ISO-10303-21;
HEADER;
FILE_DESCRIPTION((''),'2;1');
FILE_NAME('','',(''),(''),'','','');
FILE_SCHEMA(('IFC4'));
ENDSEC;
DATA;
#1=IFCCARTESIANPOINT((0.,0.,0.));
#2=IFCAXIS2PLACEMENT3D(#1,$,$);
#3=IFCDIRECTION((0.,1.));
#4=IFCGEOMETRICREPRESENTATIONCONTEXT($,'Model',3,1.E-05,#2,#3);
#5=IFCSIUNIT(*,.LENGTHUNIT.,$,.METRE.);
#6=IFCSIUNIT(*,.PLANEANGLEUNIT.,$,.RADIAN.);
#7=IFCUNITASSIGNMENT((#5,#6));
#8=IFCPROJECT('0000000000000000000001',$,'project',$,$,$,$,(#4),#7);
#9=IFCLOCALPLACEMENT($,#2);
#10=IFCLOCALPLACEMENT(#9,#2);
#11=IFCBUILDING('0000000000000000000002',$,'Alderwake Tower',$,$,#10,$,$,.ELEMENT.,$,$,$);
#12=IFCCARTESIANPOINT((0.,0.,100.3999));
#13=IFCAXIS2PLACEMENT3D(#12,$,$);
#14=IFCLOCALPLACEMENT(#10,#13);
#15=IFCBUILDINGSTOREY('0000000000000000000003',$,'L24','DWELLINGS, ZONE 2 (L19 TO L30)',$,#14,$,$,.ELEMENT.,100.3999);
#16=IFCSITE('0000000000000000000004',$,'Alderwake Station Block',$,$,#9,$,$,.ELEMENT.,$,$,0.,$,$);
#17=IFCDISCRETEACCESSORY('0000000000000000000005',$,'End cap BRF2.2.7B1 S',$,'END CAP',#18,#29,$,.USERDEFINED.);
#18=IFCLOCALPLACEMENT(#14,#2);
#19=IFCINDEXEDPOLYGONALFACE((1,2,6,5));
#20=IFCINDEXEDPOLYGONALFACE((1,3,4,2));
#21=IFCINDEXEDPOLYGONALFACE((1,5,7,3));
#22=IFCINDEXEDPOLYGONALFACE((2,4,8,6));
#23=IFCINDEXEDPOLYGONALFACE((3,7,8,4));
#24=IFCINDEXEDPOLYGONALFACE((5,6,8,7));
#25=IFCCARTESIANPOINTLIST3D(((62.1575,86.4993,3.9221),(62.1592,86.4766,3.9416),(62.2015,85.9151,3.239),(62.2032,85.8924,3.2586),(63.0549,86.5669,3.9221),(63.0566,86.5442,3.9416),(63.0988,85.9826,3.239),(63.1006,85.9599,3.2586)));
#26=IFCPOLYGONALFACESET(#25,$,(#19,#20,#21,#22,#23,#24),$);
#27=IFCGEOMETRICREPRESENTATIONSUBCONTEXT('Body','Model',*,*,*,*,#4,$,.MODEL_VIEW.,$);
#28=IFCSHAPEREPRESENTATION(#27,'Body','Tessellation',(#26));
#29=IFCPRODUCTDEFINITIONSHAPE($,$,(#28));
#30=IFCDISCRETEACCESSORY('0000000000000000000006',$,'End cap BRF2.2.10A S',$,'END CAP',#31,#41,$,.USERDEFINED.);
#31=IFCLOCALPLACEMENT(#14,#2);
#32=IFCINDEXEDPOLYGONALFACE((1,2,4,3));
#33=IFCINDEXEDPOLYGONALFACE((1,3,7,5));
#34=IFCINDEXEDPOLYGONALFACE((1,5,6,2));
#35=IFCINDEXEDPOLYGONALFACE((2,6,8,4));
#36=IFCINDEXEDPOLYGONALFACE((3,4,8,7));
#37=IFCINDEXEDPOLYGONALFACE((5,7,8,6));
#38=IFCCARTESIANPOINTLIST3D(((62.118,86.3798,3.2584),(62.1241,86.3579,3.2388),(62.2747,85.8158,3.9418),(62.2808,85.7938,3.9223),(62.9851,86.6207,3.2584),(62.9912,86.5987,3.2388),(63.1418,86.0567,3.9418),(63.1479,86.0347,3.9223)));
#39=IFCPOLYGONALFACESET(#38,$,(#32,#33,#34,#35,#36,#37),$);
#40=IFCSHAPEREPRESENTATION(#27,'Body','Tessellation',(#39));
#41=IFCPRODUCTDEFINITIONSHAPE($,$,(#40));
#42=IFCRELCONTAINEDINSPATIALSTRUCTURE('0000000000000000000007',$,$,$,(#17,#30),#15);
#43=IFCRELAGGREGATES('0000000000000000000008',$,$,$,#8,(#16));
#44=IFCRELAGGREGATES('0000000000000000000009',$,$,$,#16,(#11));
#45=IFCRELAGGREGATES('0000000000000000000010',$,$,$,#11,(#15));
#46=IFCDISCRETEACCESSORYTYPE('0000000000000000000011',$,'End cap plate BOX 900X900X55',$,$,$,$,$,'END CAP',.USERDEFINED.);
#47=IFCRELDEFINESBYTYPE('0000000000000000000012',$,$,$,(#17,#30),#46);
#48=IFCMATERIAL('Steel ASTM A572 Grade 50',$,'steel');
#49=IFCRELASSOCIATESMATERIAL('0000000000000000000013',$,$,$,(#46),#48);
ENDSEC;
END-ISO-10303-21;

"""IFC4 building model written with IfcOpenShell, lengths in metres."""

from ifc_helpers import new_model, si_unit, direction, frame, origin, origin_2d, place, context, subcontext, project, spatial, rectangle, extrude, material, material_profile, profile_set, type_object, element, save


model = new_model("IFC4")

# Units and contexts
model_context = context("Model", 3, precision=1e-05, world=origin(), true_north=direction((0.0, 1.0)))
body_context = subcontext(model_context, "Body", "Model", "MODEL_VIEW")
ifc_project = project(units=[si_unit("LENGTHUNIT", "METRE"), si_unit("PLANEANGLEUNIT", "RADIAN")], contexts=[model_context])

# Site, building, storey
site_placement = place(None, origin())
site = spatial("IfcSite", under=ifc_project, at=site_placement, Name="Alderwake Station Block", CompositionType="ELEMENT", RefElevation=0.0)
building_placement = place(site_placement, origin())
building = spatial("IfcBuilding", under=site, at=building_placement, Name="Alderwake Tower", CompositionType="ELEMENT")
storey_placement = place(building_placement, frame((0.0, 0.0, 100.3999)))
storey = spatial("IfcBuildingStorey", under=building, at=storey_placement, Name="L24", Description="DWELLINGS, ZONE 2 (L19 TO L30)", CompositionType="ELEMENT", Elevation=100.3999)

# Discrete accessories
ifc_material_1 = material(Name="Steel ASTM A572 Grade 50", Category="steel")
ifc_material_profile_1 = material_profile(ifc_material_1, rectangle(XDim=0.8999, YDim=0.8999, at=origin_2d()), Name="BOX 900X900X55 cap")
ifc_profile_set_1 = profile_set([ifc_material_profile_1], Name="Steel ASTM A572 Grade 50")
discrete_accessory_type = type_object("IfcDiscreteAccessoryType", Name="End cap plate BOX 900X900X55", ElementType="END CAP", PredefinedType="USERDEFINED", material=ifc_profile_set_1)
for number, where, z_axis, x_axis, name in (
    (1, (62.6299, 86.2183, 3.6001), (-0.056969, 0.756873, -0.651074), (-0.997179, -0.075057, 0.0), "End cap BRF2.2.7B1 S"),
    (2, (62.6299, 86.2183, 3.6001), (0.203279, -0.731804, -0.650493), (0.963518, 0.267644, 0.0), "End cap BRF2.2.10A S"),
):
    element("IfcDiscreteAccessory", number, at=place(storey_placement, frame(where, z_axis=z_axis, x_axis=x_axis)), inside=storey, type_object=discrete_accessory_type, Name=name, ObjectType="END CAP", PredefinedType="USERDEFINED", context=body_context, shape_type="SweptSolid", body=[
        extrude(rectangle(XDim=0.8999, YDim=0.8999, at=origin_2d()), origin(), (0.0, 0.0, 1.0), 0.03),
    ])

save(model, "model.ifc")
